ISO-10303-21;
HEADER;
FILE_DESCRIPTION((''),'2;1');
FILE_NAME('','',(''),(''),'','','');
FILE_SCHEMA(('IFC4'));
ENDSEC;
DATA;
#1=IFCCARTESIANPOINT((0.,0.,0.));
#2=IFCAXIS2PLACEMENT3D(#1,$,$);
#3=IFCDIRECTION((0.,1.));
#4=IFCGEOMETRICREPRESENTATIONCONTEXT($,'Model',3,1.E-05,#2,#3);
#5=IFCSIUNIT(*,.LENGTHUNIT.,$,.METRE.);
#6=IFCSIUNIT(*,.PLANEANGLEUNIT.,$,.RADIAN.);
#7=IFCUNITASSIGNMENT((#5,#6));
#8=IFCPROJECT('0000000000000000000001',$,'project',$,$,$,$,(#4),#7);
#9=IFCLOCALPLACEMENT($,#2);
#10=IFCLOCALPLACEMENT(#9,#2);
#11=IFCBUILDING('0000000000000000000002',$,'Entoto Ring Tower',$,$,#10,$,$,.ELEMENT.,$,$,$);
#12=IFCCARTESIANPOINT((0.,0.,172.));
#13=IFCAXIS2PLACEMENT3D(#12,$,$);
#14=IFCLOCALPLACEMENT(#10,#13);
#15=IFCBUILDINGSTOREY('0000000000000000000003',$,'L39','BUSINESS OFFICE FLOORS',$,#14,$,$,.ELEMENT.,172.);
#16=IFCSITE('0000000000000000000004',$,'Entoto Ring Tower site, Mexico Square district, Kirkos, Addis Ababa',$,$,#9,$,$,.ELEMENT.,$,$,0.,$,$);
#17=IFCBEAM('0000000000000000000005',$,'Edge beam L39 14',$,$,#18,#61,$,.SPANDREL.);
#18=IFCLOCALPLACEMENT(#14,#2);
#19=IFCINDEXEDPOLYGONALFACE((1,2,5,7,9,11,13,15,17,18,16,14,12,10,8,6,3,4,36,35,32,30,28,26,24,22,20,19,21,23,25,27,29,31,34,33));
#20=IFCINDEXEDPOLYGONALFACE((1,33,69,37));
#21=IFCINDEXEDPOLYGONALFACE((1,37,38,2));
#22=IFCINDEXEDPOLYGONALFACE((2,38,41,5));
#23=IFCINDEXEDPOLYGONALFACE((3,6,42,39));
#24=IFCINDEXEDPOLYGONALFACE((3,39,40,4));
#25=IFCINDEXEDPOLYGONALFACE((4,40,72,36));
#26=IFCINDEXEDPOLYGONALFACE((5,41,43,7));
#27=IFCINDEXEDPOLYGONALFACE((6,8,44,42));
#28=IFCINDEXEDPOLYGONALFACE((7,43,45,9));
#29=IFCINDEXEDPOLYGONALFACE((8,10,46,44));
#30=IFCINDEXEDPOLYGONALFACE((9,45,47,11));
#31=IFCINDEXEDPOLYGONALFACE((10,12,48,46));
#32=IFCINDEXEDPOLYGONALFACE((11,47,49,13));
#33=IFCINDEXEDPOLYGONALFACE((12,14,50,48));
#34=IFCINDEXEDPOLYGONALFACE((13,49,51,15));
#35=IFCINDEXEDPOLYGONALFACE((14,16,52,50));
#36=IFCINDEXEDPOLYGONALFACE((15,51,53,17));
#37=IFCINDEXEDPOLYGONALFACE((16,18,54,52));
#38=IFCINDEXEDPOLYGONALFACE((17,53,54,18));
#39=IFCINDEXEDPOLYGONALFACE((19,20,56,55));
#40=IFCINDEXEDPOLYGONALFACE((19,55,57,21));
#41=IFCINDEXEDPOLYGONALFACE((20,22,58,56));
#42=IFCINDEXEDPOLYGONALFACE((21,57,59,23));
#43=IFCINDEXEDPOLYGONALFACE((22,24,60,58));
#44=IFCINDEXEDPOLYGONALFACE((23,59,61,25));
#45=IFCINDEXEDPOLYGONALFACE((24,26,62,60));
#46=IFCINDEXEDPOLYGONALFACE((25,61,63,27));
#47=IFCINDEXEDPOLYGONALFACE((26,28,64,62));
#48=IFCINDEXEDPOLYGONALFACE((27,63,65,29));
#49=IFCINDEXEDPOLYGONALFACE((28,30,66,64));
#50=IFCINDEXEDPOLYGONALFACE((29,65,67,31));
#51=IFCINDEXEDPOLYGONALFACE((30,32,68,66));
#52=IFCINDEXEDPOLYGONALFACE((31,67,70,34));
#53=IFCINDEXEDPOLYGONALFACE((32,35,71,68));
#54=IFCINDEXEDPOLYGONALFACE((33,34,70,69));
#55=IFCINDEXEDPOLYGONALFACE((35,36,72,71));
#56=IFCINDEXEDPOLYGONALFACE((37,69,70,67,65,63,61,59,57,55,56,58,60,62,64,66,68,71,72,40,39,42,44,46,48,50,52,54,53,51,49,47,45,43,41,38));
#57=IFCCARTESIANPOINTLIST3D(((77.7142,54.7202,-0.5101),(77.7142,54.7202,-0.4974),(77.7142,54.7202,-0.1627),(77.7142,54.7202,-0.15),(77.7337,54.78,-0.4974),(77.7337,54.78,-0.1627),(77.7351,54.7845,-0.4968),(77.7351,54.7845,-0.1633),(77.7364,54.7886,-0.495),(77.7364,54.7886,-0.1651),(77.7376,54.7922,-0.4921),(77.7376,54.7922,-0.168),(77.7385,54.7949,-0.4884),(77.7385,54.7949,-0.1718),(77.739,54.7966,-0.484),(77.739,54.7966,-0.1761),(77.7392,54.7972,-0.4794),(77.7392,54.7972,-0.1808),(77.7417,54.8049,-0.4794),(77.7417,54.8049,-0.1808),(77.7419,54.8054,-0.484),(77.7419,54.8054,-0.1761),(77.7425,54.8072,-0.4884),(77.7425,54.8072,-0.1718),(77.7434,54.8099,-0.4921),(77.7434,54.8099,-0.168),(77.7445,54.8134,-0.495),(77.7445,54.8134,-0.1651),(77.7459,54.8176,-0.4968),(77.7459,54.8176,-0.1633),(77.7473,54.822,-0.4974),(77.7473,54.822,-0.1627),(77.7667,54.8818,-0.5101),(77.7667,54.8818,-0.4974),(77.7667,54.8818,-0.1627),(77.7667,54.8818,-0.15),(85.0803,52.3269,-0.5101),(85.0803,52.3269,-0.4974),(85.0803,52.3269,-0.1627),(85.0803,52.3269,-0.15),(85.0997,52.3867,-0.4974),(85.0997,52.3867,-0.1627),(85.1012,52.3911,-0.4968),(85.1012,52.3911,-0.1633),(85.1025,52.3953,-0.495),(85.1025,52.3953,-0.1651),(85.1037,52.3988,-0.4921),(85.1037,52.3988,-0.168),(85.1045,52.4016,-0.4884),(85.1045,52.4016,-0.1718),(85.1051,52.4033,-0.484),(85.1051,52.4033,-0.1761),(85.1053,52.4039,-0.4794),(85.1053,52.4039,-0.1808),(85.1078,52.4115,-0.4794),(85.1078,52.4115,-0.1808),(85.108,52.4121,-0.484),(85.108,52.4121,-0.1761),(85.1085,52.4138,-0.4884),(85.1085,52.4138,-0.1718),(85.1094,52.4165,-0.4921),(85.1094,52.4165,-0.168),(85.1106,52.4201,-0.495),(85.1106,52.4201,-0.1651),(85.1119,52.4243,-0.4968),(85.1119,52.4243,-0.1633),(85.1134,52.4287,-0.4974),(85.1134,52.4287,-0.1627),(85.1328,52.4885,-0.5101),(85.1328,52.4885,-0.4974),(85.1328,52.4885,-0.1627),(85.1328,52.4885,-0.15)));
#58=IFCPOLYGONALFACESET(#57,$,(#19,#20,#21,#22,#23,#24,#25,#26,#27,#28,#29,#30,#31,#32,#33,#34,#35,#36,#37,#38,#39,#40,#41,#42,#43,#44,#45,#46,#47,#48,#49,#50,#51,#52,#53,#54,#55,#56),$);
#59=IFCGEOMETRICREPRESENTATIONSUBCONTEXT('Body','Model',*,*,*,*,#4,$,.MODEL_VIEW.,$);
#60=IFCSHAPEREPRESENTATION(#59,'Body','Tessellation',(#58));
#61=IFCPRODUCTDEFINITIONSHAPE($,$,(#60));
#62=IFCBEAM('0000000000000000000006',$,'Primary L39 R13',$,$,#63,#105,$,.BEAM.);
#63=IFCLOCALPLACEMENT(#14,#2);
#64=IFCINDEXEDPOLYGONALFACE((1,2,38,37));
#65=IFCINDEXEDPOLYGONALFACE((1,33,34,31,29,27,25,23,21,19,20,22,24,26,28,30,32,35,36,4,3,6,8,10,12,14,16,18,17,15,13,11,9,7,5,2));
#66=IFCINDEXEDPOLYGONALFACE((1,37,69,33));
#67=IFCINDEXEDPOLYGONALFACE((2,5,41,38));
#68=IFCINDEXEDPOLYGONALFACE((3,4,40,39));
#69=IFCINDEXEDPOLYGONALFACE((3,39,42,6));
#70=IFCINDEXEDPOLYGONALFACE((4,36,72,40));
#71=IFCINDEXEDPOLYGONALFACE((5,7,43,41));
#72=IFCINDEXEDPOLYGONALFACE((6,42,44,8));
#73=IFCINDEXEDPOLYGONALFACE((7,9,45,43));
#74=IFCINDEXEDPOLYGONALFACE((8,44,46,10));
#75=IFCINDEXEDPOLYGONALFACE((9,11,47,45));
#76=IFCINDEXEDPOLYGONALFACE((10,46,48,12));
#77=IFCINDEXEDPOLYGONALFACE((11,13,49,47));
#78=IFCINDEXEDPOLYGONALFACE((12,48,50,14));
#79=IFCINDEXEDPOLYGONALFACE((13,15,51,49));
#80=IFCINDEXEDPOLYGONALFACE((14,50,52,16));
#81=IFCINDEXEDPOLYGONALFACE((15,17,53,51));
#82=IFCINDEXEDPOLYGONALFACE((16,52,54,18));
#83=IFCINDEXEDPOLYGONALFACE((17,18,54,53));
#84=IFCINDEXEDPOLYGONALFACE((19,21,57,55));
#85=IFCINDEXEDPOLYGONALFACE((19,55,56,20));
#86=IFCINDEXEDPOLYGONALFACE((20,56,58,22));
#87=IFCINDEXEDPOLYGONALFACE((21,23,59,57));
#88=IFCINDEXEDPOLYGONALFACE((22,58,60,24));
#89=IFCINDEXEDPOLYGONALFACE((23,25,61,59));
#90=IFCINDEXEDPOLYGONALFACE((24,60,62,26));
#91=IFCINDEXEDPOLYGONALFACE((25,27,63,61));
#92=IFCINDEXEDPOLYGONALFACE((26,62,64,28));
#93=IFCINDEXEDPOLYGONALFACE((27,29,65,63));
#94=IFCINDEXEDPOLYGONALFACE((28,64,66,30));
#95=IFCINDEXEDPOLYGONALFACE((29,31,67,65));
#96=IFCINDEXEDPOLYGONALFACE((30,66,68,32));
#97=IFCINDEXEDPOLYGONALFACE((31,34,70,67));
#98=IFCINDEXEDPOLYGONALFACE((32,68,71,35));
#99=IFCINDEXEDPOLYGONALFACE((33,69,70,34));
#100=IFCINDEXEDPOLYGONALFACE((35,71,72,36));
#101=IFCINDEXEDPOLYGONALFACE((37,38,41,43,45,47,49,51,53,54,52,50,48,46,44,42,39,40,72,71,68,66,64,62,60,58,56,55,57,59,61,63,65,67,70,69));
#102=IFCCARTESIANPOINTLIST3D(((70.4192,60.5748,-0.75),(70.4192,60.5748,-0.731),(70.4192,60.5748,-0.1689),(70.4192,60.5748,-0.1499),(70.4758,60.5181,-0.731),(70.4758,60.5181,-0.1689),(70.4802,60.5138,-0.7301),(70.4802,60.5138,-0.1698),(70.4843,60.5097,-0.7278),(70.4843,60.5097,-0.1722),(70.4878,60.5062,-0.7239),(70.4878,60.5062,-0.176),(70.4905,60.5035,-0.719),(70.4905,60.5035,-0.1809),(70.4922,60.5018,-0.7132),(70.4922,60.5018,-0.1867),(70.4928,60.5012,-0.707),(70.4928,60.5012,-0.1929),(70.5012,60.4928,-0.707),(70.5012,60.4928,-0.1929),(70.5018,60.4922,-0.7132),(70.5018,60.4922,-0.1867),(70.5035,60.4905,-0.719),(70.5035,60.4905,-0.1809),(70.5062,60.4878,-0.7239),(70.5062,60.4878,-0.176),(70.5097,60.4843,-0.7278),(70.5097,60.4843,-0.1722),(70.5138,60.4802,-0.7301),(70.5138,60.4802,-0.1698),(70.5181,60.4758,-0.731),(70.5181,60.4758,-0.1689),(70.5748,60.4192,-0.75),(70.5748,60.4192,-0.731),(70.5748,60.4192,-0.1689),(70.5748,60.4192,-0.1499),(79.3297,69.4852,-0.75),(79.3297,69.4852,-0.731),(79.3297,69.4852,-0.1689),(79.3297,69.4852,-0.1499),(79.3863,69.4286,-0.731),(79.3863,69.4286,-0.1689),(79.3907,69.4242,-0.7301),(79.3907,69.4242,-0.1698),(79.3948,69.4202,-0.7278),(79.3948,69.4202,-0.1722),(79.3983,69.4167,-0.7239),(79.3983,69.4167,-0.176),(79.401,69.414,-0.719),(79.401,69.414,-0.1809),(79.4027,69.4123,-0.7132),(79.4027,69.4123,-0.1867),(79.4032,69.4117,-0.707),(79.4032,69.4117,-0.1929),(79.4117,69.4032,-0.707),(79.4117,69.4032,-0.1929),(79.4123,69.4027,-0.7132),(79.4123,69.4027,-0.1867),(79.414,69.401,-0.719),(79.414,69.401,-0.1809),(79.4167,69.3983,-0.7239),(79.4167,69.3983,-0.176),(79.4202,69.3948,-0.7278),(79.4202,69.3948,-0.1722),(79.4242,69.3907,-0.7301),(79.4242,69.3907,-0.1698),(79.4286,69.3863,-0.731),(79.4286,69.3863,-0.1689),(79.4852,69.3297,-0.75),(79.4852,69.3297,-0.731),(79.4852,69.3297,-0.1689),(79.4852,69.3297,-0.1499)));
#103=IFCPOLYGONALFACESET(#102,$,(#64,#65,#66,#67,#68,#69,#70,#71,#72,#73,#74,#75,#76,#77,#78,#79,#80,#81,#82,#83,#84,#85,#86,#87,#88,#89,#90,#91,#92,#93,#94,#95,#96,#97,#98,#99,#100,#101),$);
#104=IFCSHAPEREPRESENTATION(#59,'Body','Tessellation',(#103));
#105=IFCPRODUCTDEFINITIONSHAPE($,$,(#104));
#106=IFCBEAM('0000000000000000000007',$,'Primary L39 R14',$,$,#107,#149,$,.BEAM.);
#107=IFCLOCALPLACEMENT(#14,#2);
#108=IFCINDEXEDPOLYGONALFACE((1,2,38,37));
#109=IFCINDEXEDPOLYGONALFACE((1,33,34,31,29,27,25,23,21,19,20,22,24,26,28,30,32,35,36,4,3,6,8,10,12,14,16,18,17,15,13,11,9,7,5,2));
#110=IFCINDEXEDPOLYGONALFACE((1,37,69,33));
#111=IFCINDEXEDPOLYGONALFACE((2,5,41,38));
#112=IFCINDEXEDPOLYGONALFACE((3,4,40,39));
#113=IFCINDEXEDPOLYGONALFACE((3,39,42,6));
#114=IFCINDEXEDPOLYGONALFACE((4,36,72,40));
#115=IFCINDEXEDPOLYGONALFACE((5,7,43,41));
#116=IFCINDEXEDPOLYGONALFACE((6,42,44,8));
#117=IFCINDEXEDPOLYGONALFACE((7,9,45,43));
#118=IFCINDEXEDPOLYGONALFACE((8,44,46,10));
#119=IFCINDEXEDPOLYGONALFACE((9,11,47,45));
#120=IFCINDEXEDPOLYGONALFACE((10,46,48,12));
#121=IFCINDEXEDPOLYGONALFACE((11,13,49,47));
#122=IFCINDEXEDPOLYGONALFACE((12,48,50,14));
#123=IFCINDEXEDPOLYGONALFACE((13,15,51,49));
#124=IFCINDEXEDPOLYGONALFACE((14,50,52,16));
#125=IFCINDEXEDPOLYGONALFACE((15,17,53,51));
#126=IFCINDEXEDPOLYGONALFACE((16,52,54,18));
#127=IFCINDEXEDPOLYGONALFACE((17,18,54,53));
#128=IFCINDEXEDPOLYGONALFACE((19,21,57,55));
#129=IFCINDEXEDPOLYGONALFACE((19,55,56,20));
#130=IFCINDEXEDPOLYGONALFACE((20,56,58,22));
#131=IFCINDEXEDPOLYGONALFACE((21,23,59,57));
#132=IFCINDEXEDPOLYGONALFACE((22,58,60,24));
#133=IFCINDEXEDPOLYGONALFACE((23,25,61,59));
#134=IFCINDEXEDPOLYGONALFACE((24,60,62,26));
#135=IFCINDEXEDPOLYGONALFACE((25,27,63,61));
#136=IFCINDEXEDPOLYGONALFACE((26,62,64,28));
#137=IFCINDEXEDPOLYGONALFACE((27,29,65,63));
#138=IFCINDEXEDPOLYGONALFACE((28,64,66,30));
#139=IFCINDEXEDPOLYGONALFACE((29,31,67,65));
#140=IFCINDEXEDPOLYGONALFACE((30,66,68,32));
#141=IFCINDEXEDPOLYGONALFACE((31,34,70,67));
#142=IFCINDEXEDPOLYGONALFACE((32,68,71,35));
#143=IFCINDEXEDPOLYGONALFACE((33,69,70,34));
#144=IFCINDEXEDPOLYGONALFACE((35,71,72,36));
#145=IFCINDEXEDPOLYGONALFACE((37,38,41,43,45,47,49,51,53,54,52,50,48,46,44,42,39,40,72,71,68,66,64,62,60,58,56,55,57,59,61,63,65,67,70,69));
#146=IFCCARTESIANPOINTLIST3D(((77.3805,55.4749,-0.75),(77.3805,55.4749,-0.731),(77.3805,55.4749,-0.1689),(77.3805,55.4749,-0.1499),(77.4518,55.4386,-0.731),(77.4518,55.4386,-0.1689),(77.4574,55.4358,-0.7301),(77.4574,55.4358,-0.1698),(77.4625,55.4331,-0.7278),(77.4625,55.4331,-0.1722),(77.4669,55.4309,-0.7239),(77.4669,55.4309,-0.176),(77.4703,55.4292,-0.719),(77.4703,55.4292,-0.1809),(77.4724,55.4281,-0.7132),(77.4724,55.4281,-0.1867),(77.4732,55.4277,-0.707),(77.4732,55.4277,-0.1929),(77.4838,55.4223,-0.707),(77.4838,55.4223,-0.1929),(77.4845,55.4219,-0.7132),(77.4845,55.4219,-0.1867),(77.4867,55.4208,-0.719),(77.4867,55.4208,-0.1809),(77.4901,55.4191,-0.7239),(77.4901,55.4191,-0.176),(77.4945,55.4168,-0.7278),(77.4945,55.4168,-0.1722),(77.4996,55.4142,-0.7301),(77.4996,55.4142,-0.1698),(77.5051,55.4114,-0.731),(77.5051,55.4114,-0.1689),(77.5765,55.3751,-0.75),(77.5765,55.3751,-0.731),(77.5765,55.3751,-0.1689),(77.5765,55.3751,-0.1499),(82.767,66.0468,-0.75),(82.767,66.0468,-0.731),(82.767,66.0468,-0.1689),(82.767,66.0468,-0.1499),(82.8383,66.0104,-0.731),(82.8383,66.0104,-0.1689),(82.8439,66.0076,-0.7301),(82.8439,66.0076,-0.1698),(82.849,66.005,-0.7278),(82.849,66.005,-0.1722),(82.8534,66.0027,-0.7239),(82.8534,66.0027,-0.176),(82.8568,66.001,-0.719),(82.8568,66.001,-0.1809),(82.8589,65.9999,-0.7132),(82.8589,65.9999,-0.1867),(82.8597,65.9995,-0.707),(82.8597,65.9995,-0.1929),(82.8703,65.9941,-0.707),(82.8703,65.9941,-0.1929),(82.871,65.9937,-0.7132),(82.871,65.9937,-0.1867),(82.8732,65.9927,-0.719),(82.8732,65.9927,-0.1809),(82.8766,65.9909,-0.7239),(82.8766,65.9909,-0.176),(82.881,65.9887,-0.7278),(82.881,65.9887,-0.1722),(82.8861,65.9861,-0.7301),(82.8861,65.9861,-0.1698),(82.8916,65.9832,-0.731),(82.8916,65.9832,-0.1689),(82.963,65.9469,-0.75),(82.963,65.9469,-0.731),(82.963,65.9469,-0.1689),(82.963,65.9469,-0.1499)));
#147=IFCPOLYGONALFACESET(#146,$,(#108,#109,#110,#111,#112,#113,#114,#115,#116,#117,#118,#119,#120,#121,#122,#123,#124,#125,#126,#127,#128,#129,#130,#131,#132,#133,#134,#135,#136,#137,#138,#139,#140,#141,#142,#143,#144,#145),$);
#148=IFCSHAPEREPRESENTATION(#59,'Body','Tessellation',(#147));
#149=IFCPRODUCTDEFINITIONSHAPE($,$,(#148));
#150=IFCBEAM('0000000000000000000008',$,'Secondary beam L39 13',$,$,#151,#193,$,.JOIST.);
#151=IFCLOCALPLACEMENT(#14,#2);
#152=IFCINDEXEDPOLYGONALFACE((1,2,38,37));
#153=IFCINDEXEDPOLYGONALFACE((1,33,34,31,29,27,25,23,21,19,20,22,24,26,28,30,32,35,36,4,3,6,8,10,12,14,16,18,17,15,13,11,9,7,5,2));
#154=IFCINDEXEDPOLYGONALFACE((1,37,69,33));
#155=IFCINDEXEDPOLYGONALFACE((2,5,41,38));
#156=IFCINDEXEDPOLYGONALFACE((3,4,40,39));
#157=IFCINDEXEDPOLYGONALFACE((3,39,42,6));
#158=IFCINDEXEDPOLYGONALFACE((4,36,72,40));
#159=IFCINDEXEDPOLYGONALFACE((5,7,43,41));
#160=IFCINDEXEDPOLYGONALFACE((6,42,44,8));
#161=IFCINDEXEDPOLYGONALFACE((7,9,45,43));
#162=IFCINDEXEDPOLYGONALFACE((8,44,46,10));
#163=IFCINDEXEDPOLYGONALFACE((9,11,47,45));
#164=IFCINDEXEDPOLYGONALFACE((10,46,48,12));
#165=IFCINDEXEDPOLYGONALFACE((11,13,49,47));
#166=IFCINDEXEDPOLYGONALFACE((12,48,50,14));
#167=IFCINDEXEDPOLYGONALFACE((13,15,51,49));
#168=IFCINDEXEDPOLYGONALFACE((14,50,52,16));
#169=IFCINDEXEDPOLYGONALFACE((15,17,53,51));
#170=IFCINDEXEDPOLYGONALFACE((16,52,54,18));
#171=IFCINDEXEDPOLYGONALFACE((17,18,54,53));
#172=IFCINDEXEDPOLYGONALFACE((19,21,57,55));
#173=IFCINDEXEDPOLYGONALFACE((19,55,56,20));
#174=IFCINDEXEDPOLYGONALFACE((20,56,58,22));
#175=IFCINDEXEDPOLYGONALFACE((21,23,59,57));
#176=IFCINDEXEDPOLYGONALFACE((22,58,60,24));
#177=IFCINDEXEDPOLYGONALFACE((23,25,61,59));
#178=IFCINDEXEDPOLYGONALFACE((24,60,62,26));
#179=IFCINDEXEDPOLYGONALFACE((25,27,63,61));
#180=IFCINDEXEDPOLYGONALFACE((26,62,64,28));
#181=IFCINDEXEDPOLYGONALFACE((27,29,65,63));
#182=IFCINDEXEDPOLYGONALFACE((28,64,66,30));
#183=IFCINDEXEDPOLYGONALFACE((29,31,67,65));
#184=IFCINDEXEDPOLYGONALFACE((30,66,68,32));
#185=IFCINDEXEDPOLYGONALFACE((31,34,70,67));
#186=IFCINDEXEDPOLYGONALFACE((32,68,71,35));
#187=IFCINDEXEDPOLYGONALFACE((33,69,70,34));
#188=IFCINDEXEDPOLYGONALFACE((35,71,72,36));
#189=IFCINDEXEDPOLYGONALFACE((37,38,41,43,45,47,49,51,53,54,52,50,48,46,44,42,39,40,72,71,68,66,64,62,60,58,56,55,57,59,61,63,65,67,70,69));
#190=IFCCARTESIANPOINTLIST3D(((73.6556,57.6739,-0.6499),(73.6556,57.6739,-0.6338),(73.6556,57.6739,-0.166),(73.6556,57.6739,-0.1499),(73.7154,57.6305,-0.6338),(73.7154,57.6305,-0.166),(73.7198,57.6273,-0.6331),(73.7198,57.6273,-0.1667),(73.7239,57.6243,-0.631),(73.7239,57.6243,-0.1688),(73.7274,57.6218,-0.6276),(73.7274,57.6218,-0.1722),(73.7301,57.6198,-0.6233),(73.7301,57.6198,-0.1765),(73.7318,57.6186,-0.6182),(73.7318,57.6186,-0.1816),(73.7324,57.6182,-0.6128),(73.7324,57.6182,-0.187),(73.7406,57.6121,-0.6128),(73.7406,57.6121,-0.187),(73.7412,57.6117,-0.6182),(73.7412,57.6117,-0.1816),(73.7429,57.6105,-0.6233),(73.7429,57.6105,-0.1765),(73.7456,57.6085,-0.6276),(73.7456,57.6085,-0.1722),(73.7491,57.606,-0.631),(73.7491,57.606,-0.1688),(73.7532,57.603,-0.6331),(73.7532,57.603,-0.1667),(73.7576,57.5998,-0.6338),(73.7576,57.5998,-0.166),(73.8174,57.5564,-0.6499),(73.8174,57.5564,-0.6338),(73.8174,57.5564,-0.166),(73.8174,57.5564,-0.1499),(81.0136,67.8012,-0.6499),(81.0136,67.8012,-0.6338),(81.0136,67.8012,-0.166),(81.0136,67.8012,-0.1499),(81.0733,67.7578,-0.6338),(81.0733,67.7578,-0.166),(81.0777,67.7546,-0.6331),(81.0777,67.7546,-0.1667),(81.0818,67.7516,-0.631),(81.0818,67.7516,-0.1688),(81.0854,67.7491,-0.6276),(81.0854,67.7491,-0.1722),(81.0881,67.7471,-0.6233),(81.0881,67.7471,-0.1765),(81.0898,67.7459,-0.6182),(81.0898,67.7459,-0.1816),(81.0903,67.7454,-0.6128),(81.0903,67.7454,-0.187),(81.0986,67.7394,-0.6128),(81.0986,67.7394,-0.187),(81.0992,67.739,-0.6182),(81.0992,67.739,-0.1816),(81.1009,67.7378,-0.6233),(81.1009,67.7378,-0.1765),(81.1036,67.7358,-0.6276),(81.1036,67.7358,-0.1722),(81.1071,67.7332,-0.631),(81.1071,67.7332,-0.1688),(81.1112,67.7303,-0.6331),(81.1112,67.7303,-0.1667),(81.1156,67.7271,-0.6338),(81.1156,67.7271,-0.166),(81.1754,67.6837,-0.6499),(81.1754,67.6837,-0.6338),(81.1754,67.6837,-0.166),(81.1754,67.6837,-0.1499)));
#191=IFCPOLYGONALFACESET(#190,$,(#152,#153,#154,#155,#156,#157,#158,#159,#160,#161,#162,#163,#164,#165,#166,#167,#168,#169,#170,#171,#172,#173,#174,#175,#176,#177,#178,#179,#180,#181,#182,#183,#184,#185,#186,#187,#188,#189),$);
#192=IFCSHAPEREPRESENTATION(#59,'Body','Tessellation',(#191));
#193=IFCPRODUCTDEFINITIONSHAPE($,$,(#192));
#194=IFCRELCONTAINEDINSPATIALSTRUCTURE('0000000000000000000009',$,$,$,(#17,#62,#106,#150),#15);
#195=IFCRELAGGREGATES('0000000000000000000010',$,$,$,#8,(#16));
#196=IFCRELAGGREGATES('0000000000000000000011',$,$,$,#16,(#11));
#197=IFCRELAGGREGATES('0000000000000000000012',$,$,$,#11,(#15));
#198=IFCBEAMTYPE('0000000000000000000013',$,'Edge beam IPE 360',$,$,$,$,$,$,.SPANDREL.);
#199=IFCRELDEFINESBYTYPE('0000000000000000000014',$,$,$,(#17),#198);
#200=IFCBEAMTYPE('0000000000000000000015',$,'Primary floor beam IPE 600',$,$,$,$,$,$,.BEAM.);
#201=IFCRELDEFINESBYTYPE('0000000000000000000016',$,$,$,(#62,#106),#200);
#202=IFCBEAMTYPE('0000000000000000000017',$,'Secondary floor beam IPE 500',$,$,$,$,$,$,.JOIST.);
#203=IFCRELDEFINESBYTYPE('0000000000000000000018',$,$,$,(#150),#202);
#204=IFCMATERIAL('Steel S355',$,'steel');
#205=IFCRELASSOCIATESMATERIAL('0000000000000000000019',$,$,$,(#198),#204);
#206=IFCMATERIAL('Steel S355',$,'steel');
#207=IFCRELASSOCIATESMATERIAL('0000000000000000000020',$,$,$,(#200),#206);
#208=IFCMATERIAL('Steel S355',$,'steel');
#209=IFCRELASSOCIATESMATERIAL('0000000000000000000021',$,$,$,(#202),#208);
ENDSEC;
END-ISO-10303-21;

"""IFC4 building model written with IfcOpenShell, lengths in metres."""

from ifc_helpers import new_model, si_unit, direction, frame, origin, origin_2d, place, context, subcontext, project, spatial, i_section, extrude, material, material_profile, profile_set, type_object, element, save


model = new_model("IFC4")

# Units and contexts
model_context = context("Model", 3, precision=1e-05, world=origin(), true_north=direction((0.0, 1.0)))
body_context = subcontext(model_context, "Body", "Model", "MODEL_VIEW")
ifc_project = project(units=[si_unit("LENGTHUNIT", "METRE"), si_unit("PLANEANGLEUNIT", "RADIAN")], contexts=[model_context])

# Site, building, storey
site_placement = place(None, origin())
site = spatial("IfcSite", under=ifc_project, at=site_placement, Name="Entoto Ring Tower site, Mexico Square district, Kirkos, Addis Ababa", CompositionType="ELEMENT", RefElevation=0.0)
building_placement = place(site_placement, origin())
building = spatial("IfcBuilding", under=site, at=building_placement, Name="Entoto Ring Tower", CompositionType="ELEMENT")
storey_placement = place(building_placement, frame((0.0, 0.0, 172.0)))
storey = spatial("IfcBuildingStorey", under=building, at=storey_placement, Name="L39", Description="BUSINESS OFFICE FLOORS", CompositionType="ELEMENT", Elevation=172.0)

# Beams
ifc_material_1 = material(Name="Steel S355", Category="steel")
ifc_material_profile_1 = material_profile(ifc_material_1, i_section(OverallWidth=0.1699, OverallDepth=0.3601, WebThickness=0.0081, FlangeThickness=0.0127, FilletRadius=0.0181, at=origin_2d()), Name="IPE 360")
ifc_profile_set_1 = profile_set([ifc_material_profile_1], Name="Steel S355")
beam_type_1 = type_object("IfcBeamType", Name="Edge beam IPE 360", PredefinedType="SPANDREL", material=ifc_profile_set_1)
for number, where, z_axis, x_axis, name in (
    (1, (77.7405, 54.801, -0.3301), (0.951058, -0.309013, 0.0), (0.309013, 0.951058, 0.0), "Edge beam L39 14"),
):
    element("IfcBeam", number, at=place(storey_placement, frame(where, z_axis=z_axis, x_axis=x_axis)), inside=storey, type_object=beam_type_1, Name=name, PredefinedType="SPANDREL", context=body_context, shape_type="SweptSolid", body=[
        extrude(i_section(OverallWidth=0.1699, OverallDepth=0.3601, WebThickness=0.0081, FlangeThickness=0.0127, FilletRadius=0.0181, at=origin_2d()), origin(), (0.0, 0.0, 1.0), 7.7451),
    ])
ifc_material_2 = material(Name="Steel S355", Category="steel")
ifc_material_profile_2 = material_profile(ifc_material_2, i_section(OverallWidth=0.22, OverallDepth=0.6001, WebThickness=0.012, FlangeThickness=0.019, FilletRadius=0.0239, at=origin_2d()), Name="IPE 600")
ifc_profile_set_2 = profile_set([ifc_material_profile_2], Name="Steel S355")
beam_type_2 = type_object("IfcBeamType", Name="Primary floor beam IPE 600", PredefinedType="BEAM", material=ifc_profile_set_2)
beam_1_placement = place(storey_placement, frame((79.4075, 69.4075, -0.45), z_axis=(-0.707107, -0.707107, 0.0), x_axis=(0.707107, -0.707107, 0.0)))
element("IfcBeam", 2, at=beam_1_placement, inside=storey, type_object=beam_type_2, Name="Primary L39 R13", PredefinedType="BEAM", context=body_context, shape_type="SweptSolid", body=[
    extrude(i_section(OverallWidth=0.22, OverallDepth=0.6001, WebThickness=0.012, FlangeThickness=0.019, FilletRadius=0.0239, at=origin_2d()), origin(), (0.0, 0.0, 1.0), 12.6013),
])
beam_2_placement = place(storey_placement, frame((82.865, 65.9968, -0.45), z_axis=(-0.453983, -0.89101, 0.0), x_axis=(0.89101, -0.453983, 0.0)))
element("IfcBeam", 3, at=beam_2_placement, inside=storey, type_object=beam_type_2, Name="Primary L39 R14", PredefinedType="BEAM", context=body_context, shape_type="SweptSolid", body=[
    extrude(i_section(OverallWidth=0.22, OverallDepth=0.6001, WebThickness=0.012, FlangeThickness=0.019, FilletRadius=0.0239, at=origin_2d()), origin(), (0.0, 0.0, 1.0), 11.865),
])
ifc_material_3 = material(Name="Steel S355", Category="steel")
ifc_material_profile_3 = material_profile(ifc_material_3, i_section(OverallWidth=0.2, OverallDepth=0.5, WebThickness=0.0103, FlangeThickness=0.0161, FilletRadius=0.021, at=origin_2d()), Name="IPE 500")
ifc_profile_set_3 = profile_set([ifc_material_profile_3], Name="Steel S355")
beam_type_3 = type_object("IfcBeamType", Name="Secondary floor beam IPE 500", PredefinedType="JOIST", material=ifc_profile_set_3)
beam_3_placement = place(storey_placement, frame((81.0945, 67.7424, -0.3999), z_axis=(-0.587789, -0.809014, 0.0), x_axis=(0.809014, -0.587789, 0.0)))
element("IfcBeam", 4, at=beam_3_placement, inside=storey, type_object=beam_type_3, Name="Secondary beam L39 13", PredefinedType="JOIST", context=body_context, shape_type="SweptSolid", body=[
    extrude(i_section(OverallWidth=0.2, OverallDepth=0.5, WebThickness=0.0103, FlangeThickness=0.0161, FilletRadius=0.021, at=origin_2d()), origin(), (0.0, 0.0, 1.0), 12.5181),
])

save(model, "model.ifc")
